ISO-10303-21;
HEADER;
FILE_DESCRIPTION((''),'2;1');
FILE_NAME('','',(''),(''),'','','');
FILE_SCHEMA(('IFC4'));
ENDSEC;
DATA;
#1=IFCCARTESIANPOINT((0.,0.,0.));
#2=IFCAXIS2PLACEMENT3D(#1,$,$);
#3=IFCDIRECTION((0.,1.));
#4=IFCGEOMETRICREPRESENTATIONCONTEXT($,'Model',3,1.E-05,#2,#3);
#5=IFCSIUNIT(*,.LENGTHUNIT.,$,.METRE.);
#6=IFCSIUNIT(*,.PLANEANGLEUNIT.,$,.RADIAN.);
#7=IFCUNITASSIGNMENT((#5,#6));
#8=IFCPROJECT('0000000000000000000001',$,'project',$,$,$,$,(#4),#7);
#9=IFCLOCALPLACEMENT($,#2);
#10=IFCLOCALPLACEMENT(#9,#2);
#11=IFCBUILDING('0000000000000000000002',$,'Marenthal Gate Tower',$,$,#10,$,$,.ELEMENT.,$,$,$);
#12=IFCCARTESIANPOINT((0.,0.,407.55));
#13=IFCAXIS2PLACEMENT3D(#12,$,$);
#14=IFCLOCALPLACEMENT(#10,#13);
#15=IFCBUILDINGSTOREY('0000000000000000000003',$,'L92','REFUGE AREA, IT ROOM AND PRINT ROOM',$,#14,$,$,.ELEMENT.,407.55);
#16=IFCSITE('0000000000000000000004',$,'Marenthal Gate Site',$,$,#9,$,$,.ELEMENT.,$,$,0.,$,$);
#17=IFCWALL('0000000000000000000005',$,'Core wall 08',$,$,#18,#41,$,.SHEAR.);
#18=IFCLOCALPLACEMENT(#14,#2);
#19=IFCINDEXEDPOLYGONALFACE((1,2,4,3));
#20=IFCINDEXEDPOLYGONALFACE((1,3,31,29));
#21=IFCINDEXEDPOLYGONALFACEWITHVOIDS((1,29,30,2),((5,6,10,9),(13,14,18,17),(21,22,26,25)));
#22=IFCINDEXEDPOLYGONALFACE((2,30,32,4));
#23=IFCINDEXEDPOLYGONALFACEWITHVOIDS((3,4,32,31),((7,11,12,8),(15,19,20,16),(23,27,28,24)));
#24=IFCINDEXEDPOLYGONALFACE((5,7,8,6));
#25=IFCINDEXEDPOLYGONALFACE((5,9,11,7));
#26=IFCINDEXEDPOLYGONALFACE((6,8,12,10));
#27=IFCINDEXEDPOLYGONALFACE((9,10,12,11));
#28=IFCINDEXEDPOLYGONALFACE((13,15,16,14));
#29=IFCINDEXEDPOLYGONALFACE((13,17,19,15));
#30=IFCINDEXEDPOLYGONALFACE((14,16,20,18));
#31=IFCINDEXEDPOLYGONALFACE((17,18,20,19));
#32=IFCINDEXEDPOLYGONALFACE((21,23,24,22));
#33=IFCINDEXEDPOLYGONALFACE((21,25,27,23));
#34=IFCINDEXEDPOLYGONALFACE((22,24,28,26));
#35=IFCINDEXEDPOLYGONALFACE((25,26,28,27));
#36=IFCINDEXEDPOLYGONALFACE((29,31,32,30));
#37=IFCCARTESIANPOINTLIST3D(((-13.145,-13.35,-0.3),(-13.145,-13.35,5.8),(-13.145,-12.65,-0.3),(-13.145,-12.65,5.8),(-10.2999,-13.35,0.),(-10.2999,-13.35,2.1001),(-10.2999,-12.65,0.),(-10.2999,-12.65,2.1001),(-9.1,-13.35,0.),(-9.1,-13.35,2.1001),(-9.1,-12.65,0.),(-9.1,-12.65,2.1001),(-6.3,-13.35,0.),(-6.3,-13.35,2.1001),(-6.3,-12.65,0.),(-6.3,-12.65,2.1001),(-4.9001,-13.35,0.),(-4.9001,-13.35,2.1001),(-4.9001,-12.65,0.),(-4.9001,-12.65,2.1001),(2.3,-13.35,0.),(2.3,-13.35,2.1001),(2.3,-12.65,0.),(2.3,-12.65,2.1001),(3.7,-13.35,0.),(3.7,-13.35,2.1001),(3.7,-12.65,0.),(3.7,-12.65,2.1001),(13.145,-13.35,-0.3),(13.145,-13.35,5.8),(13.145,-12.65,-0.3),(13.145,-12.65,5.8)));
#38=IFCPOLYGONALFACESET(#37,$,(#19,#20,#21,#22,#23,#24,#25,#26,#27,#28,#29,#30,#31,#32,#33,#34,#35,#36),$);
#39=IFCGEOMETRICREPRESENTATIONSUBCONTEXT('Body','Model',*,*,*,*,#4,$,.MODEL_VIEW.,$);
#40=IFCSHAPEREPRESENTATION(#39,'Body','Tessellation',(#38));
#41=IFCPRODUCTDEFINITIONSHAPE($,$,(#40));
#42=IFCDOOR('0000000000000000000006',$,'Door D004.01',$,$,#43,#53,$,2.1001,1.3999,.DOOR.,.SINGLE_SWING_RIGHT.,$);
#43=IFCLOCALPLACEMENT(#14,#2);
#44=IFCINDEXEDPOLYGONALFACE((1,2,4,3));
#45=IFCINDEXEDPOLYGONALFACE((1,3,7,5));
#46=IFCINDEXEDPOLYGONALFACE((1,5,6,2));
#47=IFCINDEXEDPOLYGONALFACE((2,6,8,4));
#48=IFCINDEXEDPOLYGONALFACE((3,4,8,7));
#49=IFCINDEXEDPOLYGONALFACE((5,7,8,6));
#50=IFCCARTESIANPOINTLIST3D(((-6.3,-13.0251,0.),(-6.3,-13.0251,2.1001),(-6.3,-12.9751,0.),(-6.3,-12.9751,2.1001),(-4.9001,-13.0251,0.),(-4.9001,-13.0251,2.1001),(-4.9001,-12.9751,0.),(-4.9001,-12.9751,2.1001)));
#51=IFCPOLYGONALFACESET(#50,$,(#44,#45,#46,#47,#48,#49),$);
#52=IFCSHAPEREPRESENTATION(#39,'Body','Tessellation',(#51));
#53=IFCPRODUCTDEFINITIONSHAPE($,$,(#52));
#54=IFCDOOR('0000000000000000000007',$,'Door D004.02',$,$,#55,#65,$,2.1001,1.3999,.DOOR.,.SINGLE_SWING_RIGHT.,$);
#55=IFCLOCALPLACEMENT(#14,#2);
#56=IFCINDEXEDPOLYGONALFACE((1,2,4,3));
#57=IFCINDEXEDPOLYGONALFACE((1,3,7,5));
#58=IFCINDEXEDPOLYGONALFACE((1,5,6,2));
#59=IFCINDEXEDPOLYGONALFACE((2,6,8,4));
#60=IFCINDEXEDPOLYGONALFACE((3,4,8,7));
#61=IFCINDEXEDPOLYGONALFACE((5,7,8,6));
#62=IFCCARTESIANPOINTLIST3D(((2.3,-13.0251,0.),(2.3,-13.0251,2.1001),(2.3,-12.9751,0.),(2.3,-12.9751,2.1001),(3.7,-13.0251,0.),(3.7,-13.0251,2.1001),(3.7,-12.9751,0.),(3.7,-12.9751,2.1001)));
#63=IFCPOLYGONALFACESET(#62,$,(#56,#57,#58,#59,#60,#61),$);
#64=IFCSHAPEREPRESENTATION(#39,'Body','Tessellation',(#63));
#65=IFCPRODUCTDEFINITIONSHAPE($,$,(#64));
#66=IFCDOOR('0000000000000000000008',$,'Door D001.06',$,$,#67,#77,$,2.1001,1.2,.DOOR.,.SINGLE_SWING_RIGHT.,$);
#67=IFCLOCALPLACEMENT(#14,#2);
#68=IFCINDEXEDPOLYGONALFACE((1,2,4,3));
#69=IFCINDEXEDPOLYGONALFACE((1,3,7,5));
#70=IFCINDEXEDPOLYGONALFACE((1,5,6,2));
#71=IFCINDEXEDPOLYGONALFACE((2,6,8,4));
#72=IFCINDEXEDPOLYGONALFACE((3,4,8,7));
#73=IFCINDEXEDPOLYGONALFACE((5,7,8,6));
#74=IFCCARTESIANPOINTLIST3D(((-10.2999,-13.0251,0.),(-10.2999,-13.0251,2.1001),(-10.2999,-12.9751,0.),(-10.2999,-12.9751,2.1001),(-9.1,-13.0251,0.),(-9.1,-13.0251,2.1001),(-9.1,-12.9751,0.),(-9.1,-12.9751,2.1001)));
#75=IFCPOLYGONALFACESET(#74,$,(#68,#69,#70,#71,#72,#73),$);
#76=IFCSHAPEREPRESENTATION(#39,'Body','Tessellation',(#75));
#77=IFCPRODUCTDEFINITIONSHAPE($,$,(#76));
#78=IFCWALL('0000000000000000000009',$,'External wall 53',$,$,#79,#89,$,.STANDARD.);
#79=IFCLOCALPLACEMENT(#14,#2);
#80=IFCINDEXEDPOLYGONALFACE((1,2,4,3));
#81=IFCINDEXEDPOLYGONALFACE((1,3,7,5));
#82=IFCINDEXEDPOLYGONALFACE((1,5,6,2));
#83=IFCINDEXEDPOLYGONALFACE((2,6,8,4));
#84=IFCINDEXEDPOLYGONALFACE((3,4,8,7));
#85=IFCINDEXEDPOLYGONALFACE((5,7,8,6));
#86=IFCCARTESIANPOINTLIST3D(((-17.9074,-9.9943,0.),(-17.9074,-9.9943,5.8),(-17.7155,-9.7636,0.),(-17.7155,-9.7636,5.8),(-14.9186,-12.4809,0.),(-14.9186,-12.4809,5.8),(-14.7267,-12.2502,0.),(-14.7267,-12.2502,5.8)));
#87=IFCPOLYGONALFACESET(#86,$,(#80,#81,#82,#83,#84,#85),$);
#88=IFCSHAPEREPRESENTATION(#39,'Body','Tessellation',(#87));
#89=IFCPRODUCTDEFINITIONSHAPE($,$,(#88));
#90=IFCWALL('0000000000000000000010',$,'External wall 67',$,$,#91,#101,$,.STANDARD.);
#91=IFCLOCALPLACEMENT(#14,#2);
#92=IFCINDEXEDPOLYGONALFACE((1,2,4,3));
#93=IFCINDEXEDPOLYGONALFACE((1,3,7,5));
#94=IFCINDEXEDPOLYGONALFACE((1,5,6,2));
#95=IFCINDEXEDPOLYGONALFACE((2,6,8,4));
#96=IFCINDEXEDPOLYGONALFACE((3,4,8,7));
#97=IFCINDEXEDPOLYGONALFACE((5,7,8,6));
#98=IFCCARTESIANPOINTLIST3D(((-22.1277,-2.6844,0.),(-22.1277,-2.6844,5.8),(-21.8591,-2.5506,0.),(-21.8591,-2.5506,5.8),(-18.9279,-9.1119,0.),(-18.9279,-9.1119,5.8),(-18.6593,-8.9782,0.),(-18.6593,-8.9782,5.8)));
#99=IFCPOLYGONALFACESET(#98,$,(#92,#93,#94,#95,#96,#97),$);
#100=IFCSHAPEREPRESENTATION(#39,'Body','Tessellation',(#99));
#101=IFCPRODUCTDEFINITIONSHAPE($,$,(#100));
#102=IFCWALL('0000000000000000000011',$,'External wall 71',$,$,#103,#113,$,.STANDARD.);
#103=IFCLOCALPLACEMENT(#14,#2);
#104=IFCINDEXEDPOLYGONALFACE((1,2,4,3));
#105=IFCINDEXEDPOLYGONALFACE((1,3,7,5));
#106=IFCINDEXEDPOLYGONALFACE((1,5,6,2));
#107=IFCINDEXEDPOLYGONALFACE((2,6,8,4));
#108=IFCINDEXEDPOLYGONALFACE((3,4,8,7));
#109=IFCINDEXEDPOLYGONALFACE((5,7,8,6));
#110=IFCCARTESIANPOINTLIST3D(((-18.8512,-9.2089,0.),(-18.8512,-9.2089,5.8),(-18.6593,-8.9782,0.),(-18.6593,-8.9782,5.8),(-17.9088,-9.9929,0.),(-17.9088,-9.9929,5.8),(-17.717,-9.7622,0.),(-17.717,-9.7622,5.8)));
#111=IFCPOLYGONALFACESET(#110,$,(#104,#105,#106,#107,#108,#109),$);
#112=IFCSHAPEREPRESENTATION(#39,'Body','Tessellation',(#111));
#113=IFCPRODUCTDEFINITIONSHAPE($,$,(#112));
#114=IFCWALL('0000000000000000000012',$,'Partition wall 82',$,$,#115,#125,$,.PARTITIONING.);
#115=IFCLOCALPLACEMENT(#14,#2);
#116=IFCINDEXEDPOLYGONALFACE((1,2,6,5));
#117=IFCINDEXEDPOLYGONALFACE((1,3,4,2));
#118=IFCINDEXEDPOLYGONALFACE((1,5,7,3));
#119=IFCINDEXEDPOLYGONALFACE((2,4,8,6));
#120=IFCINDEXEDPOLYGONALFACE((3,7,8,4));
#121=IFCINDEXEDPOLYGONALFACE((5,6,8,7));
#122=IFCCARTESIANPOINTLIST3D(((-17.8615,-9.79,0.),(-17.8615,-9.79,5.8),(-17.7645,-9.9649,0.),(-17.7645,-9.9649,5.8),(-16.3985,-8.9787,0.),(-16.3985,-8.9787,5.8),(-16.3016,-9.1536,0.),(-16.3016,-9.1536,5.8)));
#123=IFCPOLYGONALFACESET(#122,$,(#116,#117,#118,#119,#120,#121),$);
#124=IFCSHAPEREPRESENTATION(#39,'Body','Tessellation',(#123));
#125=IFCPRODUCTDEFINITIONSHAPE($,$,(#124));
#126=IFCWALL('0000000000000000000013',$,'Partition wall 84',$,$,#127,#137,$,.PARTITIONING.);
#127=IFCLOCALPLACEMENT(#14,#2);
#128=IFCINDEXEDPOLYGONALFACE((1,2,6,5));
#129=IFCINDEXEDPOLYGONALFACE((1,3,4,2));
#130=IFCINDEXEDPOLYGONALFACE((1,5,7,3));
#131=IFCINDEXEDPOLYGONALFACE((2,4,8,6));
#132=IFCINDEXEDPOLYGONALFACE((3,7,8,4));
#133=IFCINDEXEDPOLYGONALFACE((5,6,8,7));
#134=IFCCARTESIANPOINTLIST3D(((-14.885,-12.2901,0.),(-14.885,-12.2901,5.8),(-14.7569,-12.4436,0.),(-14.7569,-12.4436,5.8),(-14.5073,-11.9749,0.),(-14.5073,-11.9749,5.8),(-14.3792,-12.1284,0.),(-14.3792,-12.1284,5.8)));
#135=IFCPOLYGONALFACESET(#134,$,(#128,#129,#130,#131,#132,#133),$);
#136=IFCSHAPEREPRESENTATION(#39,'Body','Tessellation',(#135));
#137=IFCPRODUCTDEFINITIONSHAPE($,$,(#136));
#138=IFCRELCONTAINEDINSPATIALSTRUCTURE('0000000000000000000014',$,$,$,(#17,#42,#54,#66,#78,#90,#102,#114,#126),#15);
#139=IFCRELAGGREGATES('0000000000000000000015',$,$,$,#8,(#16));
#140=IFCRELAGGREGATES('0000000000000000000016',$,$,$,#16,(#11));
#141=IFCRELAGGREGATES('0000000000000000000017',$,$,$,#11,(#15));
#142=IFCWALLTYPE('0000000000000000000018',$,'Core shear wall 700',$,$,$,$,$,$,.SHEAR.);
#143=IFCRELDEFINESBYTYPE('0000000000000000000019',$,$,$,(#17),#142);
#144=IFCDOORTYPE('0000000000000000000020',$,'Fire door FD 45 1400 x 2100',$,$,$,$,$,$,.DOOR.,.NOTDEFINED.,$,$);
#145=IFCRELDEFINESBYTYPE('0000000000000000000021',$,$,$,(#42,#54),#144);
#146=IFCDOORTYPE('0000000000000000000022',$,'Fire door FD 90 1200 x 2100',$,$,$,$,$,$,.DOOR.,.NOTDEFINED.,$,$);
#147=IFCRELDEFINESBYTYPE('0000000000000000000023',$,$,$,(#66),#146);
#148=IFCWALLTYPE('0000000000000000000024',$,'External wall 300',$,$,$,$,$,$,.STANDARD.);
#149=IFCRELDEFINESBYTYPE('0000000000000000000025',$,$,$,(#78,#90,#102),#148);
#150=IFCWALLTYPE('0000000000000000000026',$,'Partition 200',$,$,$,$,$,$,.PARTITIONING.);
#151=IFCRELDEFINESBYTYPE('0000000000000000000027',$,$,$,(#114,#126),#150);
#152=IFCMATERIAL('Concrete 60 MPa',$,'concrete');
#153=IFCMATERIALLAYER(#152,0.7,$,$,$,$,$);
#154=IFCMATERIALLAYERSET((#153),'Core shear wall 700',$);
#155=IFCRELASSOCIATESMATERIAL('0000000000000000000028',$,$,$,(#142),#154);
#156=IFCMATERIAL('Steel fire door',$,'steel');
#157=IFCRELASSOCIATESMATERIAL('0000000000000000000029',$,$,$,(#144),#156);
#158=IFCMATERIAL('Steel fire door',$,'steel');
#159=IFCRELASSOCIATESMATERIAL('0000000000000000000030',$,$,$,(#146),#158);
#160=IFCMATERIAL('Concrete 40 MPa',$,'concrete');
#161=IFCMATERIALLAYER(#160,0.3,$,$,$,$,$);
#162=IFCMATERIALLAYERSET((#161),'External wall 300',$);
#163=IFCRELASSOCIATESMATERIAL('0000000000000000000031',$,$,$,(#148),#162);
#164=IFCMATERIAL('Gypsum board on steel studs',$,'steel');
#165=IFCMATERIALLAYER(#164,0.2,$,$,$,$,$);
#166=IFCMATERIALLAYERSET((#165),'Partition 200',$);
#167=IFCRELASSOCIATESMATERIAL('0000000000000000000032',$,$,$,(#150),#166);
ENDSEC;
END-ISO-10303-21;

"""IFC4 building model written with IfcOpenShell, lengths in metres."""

from ifc_helpers import new_model, si_unit, direction, frame, frame_2d, origin, place, context, subcontext, project, spatial, rectangle, extrude, material, layer, layer_set, type_object, element, fill, save


model = new_model("IFC4")

# Units and contexts
model_context = context("Model", 3, precision=1e-05, world=origin(), true_north=direction((0.0, 1.0)))
body_context = subcontext(model_context, "Body", "Model", "MODEL_VIEW")
ifc_project = project(units=[si_unit("LENGTHUNIT", "METRE"), si_unit("PLANEANGLEUNIT", "RADIAN")], contexts=[model_context])

# Site, building, storey
site_placement = place(None, origin())
site = spatial("IfcSite", under=ifc_project, at=site_placement, Name="Marenthal Gate Site", CompositionType="ELEMENT", RefElevation=0.0)
building_placement = place(site_placement, origin())
building = spatial("IfcBuilding", under=site, at=building_placement, Name="Marenthal Gate Tower", CompositionType="ELEMENT")
storey_placement = place(building_placement, frame((0.0, 0.0, 407.55)))
storey = spatial("IfcBuildingStorey", under=building, at=storey_placement, Name="L92", Description="REFUGE AREA, IT ROOM AND PRINT ROOM", CompositionType="ELEMENT", Elevation=407.55)

# Shared definitions
ifc_material_1 = material(Name="Concrete 60 MPa", Category="concrete")
ifc_layer_1 = layer(ifc_material_1, 0.7)
ifc_layer_set_1 = layer_set([ifc_layer_1], Name="Core shear wall 700")
wall_type_1 = type_object("IfcWallType", Name="Core shear wall 700", PredefinedType="SHEAR", material=ifc_layer_set_1)

# Wall, openings, doors
wall_1_placement = place(storey_placement, frame((-13.145, -13.0, -0.3), z_axis=(0.0, 0.0, 1.0), x_axis=(1.0, 0.0, 0.0)))
wall_1 = element("IfcWall", 1, at=wall_1_placement, inside=storey, type_object=wall_type_1, Name="Core wall 08", PredefinedType="SHEAR", context=body_context, shape_type="SweptSolid", body=[
    extrude(rectangle(XDim=26.29, YDim=0.7, at=frame_2d((13.145, 0.0))), origin(), (0.0, 0.0, 1.0), 6.1001),
])
opening_1_placement = place(wall_1_placement, frame((2.845, 0.0, 0.3)))
opening_1 = element("IfcOpeningElement", 2, at=opening_1_placement, cuts=wall_1, PredefinedType="OPENING", context=body_context, shape_type="SweptSolid", body=[
    extrude(rectangle(XDim=1.2, YDim=2.1001, at=frame_2d((0.6001, 1.05))), frame((0.0, 0.3599, 0.0), z_axis=(0.0, -1.0, 0.0), x_axis=(1.0, 0.0, 0.0)), (0.0, 0.0, 1.0), 0.72),
])
opening_2_placement = place(wall_1_placement, frame((6.845, 0.0, 0.3)))
opening_2 = element("IfcOpeningElement", 3, at=opening_2_placement, cuts=wall_1, PredefinedType="OPENING", context=body_context, shape_type="SweptSolid", body=[
    extrude(rectangle(XDim=1.3999, YDim=2.1001, at=frame_2d((0.7, 1.05))), frame((0.0, 0.3599, 0.0), z_axis=(0.0, -1.0, 0.0), x_axis=(1.0, 0.0, 0.0)), (0.0, 0.0, 1.0), 0.72),
])
opening_3_placement = place(wall_1_placement, frame((15.4451, 0.0, 0.3)))
opening_3 = element("IfcOpeningElement", 4, at=opening_3_placement, cuts=wall_1, PredefinedType="OPENING", context=body_context, shape_type="SweptSolid", body=[
    extrude(rectangle(XDim=1.3999, YDim=2.1001, at=frame_2d((0.7, 1.05))), frame((0.0, 0.3599, 0.0), z_axis=(0.0, -1.0, 0.0), x_axis=(1.0, 0.0, 0.0)), (0.0, 0.0, 1.0), 0.72),
])
ifc_material_2 = material(Name="Steel fire door", Category="steel")
door_type_1 = type_object("IfcDoorType", Name="Fire door FD 45 1400 x 2100", OperationType="NOTDEFINED", PredefinedType="DOOR", material=ifc_material_2)
door_1_placement = place(opening_2_placement, origin())
door_1 = element("IfcDoor", 5, at=door_1_placement, inside=storey, type_object=door_type_1, Name="Door D004.01", OperationType="SINGLE_SWING_RIGHT", OverallHeight=2.1001, OverallWidth=1.3999, PredefinedType="DOOR", context=body_context, shape_type="SweptSolid", body=[
    extrude(rectangle(XDim=1.3999, YDim=2.1001, at=frame_2d((0.7, 1.05))), frame((0.0, 0.0249, 0.0), z_axis=(0.0, -1.0, 0.0), x_axis=(1.0, 0.0, 0.0)), (0.0, 0.0, 1.0), 0.05),
])
fill(opening_2, door_1)
door_2_placement = place(opening_3_placement, origin())
door_2 = element("IfcDoor", 6, at=door_2_placement, inside=storey, type_object=door_type_1, Name="Door D004.02", OperationType="SINGLE_SWING_RIGHT", OverallHeight=2.1001, OverallWidth=1.3999, PredefinedType="DOOR", context=body_context, shape_type="SweptSolid", body=[
    extrude(rectangle(XDim=1.3999, YDim=2.1001, at=frame_2d((0.7, 1.05))), frame((0.0, 0.0249, 0.0), z_axis=(0.0, -1.0, 0.0), x_axis=(1.0, 0.0, 0.0)), (0.0, 0.0, 1.0), 0.05),
])
fill(opening_3, door_2)
ifc_material_3 = material(Name="Steel fire door", Category="steel")
door_type_2 = type_object("IfcDoorType", Name="Fire door FD 90 1200 x 2100", OperationType="NOTDEFINED", PredefinedType="DOOR", material=ifc_material_3)
door_3_placement = place(opening_1_placement, origin())
door_3 = element("IfcDoor", 7, at=door_3_placement, inside=storey, type_object=door_type_2, Name="Door D001.06", OperationType="SINGLE_SWING_RIGHT", OverallHeight=2.1001, OverallWidth=1.2, PredefinedType="DOOR", context=body_context, shape_type="SweptSolid", body=[
    extrude(rectangle(XDim=1.2, YDim=2.1001, at=frame_2d((0.6001, 1.05))), frame((0.0, 0.0249, 0.0), z_axis=(0.0, -1.0, 0.0), x_axis=(1.0, 0.0, 0.0)), (0.0, 0.0, 1.0), 0.05),
])
fill(opening_1, door_3)

# Walls
ifc_material_4 = material(Name="Concrete 40 MPa", Category="concrete")
ifc_layer_2 = layer(ifc_material_4, 0.3)
ifc_layer_set_2 = layer_set([ifc_layer_2], Name="External wall 300")
wall_type_2 = type_object("IfcWallType", Name="External wall 300", PredefinedType="STANDARD", material=ifc_layer_set_2)
wall_2_placement = place(storey_placement, frame((-14.8228, -12.3655, 0.0), z_axis=(0.0, 0.0, 1.0), x_axis=(-0.768736, 0.639567, 0.0)))
element("IfcWall", 8, at=wall_2_placement, inside=storey, type_object=wall_type_2, Name="External wall 53", PredefinedType="STANDARD", context=body_context, shape_type="SweptSolid", body=[
    extrude(rectangle(XDim=3.8879, YDim=0.3, at=frame_2d((1.9438, 0.0))), origin(), (0.0, 0.0, 1.0), 5.8),
])
wall_3_placement = place(storey_placement, frame((-18.7937, -9.0449, 0.0), z_axis=(0.0, 0.0, 1.0), x_axis=(-0.445649, 0.895208, 0.0)))
element("IfcWall", 9, at=wall_3_placement, inside=storey, type_object=wall_type_2, Name="External wall 67", PredefinedType="STANDARD", context=body_context, shape_type="SweptSolid", body=[
    extrude(rectangle(XDim=7.1799, YDim=0.3, at=frame_2d((3.5898, 0.0))), origin(), (0.0, 0.0, 1.0), 5.8),
])
wall_4_placement = place(storey_placement, frame((-17.813, -9.8774, 0.0), z_axis=(0.0, 0.0, 1.0), x_axis=(-0.768776, 0.639518, 0.0)))
element("IfcWall", 10, at=wall_4_placement, inside=storey, type_object=wall_type_2, Name="External wall 71", PredefinedType="STANDARD", context=body_context, shape_type="SweptSolid", body=[
    extrude(rectangle(XDim=1.2258, YDim=0.3, at=frame_2d((0.6128, 0.0))), origin(), (0.0, 0.0, 1.0), 5.8),
])
ifc_material_5 = material(Name="Gypsum board on steel studs", Category="steel")
ifc_layer_3 = layer(ifc_material_5, 0.2)
ifc_layer_set_3 = layer_set([ifc_layer_3], Name="Partition 200")
wall_type_3 = type_object("IfcWallType", Name="Partition 200", PredefinedType="PARTITIONING", material=ifc_layer_set_3)
wall_5_placement = place(storey_placement, frame((-17.813, -9.8774, 0.0), z_axis=(0.0, 0.0, 1.0), x_axis=(0.874522, 0.484986, 0.0)))
element("IfcWall", 11, at=wall_5_placement, inside=storey, type_object=wall_type_3, Name="Partition wall 82", PredefinedType="PARTITIONING", context=body_context, shape_type="SweptSolid", body=[
    extrude(rectangle(XDim=1.6729, YDim=0.2, at=frame_2d((0.8364, 0.0))), origin(), (0.0, 0.0, 1.0), 5.8),
])
wall_6_placement = place(storey_placement, frame((-14.821, -12.3669, 0.0), z_axis=(0.0, 0.0, 1.0), x_axis=(0.767774, 0.640721, 0.0)))
element("IfcWall", 12, at=wall_6_placement, inside=storey, type_object=wall_type_3, Name="Partition wall 84", PredefinedType="PARTITIONING", context=body_context, shape_type="SweptSolid", body=[
    extrude(rectangle(XDim=0.4919, YDim=0.2, at=frame_2d((0.2461, 0.0))), origin(), (0.0, 0.0, 1.0), 5.8),
])

save(model, "model.ifc")
